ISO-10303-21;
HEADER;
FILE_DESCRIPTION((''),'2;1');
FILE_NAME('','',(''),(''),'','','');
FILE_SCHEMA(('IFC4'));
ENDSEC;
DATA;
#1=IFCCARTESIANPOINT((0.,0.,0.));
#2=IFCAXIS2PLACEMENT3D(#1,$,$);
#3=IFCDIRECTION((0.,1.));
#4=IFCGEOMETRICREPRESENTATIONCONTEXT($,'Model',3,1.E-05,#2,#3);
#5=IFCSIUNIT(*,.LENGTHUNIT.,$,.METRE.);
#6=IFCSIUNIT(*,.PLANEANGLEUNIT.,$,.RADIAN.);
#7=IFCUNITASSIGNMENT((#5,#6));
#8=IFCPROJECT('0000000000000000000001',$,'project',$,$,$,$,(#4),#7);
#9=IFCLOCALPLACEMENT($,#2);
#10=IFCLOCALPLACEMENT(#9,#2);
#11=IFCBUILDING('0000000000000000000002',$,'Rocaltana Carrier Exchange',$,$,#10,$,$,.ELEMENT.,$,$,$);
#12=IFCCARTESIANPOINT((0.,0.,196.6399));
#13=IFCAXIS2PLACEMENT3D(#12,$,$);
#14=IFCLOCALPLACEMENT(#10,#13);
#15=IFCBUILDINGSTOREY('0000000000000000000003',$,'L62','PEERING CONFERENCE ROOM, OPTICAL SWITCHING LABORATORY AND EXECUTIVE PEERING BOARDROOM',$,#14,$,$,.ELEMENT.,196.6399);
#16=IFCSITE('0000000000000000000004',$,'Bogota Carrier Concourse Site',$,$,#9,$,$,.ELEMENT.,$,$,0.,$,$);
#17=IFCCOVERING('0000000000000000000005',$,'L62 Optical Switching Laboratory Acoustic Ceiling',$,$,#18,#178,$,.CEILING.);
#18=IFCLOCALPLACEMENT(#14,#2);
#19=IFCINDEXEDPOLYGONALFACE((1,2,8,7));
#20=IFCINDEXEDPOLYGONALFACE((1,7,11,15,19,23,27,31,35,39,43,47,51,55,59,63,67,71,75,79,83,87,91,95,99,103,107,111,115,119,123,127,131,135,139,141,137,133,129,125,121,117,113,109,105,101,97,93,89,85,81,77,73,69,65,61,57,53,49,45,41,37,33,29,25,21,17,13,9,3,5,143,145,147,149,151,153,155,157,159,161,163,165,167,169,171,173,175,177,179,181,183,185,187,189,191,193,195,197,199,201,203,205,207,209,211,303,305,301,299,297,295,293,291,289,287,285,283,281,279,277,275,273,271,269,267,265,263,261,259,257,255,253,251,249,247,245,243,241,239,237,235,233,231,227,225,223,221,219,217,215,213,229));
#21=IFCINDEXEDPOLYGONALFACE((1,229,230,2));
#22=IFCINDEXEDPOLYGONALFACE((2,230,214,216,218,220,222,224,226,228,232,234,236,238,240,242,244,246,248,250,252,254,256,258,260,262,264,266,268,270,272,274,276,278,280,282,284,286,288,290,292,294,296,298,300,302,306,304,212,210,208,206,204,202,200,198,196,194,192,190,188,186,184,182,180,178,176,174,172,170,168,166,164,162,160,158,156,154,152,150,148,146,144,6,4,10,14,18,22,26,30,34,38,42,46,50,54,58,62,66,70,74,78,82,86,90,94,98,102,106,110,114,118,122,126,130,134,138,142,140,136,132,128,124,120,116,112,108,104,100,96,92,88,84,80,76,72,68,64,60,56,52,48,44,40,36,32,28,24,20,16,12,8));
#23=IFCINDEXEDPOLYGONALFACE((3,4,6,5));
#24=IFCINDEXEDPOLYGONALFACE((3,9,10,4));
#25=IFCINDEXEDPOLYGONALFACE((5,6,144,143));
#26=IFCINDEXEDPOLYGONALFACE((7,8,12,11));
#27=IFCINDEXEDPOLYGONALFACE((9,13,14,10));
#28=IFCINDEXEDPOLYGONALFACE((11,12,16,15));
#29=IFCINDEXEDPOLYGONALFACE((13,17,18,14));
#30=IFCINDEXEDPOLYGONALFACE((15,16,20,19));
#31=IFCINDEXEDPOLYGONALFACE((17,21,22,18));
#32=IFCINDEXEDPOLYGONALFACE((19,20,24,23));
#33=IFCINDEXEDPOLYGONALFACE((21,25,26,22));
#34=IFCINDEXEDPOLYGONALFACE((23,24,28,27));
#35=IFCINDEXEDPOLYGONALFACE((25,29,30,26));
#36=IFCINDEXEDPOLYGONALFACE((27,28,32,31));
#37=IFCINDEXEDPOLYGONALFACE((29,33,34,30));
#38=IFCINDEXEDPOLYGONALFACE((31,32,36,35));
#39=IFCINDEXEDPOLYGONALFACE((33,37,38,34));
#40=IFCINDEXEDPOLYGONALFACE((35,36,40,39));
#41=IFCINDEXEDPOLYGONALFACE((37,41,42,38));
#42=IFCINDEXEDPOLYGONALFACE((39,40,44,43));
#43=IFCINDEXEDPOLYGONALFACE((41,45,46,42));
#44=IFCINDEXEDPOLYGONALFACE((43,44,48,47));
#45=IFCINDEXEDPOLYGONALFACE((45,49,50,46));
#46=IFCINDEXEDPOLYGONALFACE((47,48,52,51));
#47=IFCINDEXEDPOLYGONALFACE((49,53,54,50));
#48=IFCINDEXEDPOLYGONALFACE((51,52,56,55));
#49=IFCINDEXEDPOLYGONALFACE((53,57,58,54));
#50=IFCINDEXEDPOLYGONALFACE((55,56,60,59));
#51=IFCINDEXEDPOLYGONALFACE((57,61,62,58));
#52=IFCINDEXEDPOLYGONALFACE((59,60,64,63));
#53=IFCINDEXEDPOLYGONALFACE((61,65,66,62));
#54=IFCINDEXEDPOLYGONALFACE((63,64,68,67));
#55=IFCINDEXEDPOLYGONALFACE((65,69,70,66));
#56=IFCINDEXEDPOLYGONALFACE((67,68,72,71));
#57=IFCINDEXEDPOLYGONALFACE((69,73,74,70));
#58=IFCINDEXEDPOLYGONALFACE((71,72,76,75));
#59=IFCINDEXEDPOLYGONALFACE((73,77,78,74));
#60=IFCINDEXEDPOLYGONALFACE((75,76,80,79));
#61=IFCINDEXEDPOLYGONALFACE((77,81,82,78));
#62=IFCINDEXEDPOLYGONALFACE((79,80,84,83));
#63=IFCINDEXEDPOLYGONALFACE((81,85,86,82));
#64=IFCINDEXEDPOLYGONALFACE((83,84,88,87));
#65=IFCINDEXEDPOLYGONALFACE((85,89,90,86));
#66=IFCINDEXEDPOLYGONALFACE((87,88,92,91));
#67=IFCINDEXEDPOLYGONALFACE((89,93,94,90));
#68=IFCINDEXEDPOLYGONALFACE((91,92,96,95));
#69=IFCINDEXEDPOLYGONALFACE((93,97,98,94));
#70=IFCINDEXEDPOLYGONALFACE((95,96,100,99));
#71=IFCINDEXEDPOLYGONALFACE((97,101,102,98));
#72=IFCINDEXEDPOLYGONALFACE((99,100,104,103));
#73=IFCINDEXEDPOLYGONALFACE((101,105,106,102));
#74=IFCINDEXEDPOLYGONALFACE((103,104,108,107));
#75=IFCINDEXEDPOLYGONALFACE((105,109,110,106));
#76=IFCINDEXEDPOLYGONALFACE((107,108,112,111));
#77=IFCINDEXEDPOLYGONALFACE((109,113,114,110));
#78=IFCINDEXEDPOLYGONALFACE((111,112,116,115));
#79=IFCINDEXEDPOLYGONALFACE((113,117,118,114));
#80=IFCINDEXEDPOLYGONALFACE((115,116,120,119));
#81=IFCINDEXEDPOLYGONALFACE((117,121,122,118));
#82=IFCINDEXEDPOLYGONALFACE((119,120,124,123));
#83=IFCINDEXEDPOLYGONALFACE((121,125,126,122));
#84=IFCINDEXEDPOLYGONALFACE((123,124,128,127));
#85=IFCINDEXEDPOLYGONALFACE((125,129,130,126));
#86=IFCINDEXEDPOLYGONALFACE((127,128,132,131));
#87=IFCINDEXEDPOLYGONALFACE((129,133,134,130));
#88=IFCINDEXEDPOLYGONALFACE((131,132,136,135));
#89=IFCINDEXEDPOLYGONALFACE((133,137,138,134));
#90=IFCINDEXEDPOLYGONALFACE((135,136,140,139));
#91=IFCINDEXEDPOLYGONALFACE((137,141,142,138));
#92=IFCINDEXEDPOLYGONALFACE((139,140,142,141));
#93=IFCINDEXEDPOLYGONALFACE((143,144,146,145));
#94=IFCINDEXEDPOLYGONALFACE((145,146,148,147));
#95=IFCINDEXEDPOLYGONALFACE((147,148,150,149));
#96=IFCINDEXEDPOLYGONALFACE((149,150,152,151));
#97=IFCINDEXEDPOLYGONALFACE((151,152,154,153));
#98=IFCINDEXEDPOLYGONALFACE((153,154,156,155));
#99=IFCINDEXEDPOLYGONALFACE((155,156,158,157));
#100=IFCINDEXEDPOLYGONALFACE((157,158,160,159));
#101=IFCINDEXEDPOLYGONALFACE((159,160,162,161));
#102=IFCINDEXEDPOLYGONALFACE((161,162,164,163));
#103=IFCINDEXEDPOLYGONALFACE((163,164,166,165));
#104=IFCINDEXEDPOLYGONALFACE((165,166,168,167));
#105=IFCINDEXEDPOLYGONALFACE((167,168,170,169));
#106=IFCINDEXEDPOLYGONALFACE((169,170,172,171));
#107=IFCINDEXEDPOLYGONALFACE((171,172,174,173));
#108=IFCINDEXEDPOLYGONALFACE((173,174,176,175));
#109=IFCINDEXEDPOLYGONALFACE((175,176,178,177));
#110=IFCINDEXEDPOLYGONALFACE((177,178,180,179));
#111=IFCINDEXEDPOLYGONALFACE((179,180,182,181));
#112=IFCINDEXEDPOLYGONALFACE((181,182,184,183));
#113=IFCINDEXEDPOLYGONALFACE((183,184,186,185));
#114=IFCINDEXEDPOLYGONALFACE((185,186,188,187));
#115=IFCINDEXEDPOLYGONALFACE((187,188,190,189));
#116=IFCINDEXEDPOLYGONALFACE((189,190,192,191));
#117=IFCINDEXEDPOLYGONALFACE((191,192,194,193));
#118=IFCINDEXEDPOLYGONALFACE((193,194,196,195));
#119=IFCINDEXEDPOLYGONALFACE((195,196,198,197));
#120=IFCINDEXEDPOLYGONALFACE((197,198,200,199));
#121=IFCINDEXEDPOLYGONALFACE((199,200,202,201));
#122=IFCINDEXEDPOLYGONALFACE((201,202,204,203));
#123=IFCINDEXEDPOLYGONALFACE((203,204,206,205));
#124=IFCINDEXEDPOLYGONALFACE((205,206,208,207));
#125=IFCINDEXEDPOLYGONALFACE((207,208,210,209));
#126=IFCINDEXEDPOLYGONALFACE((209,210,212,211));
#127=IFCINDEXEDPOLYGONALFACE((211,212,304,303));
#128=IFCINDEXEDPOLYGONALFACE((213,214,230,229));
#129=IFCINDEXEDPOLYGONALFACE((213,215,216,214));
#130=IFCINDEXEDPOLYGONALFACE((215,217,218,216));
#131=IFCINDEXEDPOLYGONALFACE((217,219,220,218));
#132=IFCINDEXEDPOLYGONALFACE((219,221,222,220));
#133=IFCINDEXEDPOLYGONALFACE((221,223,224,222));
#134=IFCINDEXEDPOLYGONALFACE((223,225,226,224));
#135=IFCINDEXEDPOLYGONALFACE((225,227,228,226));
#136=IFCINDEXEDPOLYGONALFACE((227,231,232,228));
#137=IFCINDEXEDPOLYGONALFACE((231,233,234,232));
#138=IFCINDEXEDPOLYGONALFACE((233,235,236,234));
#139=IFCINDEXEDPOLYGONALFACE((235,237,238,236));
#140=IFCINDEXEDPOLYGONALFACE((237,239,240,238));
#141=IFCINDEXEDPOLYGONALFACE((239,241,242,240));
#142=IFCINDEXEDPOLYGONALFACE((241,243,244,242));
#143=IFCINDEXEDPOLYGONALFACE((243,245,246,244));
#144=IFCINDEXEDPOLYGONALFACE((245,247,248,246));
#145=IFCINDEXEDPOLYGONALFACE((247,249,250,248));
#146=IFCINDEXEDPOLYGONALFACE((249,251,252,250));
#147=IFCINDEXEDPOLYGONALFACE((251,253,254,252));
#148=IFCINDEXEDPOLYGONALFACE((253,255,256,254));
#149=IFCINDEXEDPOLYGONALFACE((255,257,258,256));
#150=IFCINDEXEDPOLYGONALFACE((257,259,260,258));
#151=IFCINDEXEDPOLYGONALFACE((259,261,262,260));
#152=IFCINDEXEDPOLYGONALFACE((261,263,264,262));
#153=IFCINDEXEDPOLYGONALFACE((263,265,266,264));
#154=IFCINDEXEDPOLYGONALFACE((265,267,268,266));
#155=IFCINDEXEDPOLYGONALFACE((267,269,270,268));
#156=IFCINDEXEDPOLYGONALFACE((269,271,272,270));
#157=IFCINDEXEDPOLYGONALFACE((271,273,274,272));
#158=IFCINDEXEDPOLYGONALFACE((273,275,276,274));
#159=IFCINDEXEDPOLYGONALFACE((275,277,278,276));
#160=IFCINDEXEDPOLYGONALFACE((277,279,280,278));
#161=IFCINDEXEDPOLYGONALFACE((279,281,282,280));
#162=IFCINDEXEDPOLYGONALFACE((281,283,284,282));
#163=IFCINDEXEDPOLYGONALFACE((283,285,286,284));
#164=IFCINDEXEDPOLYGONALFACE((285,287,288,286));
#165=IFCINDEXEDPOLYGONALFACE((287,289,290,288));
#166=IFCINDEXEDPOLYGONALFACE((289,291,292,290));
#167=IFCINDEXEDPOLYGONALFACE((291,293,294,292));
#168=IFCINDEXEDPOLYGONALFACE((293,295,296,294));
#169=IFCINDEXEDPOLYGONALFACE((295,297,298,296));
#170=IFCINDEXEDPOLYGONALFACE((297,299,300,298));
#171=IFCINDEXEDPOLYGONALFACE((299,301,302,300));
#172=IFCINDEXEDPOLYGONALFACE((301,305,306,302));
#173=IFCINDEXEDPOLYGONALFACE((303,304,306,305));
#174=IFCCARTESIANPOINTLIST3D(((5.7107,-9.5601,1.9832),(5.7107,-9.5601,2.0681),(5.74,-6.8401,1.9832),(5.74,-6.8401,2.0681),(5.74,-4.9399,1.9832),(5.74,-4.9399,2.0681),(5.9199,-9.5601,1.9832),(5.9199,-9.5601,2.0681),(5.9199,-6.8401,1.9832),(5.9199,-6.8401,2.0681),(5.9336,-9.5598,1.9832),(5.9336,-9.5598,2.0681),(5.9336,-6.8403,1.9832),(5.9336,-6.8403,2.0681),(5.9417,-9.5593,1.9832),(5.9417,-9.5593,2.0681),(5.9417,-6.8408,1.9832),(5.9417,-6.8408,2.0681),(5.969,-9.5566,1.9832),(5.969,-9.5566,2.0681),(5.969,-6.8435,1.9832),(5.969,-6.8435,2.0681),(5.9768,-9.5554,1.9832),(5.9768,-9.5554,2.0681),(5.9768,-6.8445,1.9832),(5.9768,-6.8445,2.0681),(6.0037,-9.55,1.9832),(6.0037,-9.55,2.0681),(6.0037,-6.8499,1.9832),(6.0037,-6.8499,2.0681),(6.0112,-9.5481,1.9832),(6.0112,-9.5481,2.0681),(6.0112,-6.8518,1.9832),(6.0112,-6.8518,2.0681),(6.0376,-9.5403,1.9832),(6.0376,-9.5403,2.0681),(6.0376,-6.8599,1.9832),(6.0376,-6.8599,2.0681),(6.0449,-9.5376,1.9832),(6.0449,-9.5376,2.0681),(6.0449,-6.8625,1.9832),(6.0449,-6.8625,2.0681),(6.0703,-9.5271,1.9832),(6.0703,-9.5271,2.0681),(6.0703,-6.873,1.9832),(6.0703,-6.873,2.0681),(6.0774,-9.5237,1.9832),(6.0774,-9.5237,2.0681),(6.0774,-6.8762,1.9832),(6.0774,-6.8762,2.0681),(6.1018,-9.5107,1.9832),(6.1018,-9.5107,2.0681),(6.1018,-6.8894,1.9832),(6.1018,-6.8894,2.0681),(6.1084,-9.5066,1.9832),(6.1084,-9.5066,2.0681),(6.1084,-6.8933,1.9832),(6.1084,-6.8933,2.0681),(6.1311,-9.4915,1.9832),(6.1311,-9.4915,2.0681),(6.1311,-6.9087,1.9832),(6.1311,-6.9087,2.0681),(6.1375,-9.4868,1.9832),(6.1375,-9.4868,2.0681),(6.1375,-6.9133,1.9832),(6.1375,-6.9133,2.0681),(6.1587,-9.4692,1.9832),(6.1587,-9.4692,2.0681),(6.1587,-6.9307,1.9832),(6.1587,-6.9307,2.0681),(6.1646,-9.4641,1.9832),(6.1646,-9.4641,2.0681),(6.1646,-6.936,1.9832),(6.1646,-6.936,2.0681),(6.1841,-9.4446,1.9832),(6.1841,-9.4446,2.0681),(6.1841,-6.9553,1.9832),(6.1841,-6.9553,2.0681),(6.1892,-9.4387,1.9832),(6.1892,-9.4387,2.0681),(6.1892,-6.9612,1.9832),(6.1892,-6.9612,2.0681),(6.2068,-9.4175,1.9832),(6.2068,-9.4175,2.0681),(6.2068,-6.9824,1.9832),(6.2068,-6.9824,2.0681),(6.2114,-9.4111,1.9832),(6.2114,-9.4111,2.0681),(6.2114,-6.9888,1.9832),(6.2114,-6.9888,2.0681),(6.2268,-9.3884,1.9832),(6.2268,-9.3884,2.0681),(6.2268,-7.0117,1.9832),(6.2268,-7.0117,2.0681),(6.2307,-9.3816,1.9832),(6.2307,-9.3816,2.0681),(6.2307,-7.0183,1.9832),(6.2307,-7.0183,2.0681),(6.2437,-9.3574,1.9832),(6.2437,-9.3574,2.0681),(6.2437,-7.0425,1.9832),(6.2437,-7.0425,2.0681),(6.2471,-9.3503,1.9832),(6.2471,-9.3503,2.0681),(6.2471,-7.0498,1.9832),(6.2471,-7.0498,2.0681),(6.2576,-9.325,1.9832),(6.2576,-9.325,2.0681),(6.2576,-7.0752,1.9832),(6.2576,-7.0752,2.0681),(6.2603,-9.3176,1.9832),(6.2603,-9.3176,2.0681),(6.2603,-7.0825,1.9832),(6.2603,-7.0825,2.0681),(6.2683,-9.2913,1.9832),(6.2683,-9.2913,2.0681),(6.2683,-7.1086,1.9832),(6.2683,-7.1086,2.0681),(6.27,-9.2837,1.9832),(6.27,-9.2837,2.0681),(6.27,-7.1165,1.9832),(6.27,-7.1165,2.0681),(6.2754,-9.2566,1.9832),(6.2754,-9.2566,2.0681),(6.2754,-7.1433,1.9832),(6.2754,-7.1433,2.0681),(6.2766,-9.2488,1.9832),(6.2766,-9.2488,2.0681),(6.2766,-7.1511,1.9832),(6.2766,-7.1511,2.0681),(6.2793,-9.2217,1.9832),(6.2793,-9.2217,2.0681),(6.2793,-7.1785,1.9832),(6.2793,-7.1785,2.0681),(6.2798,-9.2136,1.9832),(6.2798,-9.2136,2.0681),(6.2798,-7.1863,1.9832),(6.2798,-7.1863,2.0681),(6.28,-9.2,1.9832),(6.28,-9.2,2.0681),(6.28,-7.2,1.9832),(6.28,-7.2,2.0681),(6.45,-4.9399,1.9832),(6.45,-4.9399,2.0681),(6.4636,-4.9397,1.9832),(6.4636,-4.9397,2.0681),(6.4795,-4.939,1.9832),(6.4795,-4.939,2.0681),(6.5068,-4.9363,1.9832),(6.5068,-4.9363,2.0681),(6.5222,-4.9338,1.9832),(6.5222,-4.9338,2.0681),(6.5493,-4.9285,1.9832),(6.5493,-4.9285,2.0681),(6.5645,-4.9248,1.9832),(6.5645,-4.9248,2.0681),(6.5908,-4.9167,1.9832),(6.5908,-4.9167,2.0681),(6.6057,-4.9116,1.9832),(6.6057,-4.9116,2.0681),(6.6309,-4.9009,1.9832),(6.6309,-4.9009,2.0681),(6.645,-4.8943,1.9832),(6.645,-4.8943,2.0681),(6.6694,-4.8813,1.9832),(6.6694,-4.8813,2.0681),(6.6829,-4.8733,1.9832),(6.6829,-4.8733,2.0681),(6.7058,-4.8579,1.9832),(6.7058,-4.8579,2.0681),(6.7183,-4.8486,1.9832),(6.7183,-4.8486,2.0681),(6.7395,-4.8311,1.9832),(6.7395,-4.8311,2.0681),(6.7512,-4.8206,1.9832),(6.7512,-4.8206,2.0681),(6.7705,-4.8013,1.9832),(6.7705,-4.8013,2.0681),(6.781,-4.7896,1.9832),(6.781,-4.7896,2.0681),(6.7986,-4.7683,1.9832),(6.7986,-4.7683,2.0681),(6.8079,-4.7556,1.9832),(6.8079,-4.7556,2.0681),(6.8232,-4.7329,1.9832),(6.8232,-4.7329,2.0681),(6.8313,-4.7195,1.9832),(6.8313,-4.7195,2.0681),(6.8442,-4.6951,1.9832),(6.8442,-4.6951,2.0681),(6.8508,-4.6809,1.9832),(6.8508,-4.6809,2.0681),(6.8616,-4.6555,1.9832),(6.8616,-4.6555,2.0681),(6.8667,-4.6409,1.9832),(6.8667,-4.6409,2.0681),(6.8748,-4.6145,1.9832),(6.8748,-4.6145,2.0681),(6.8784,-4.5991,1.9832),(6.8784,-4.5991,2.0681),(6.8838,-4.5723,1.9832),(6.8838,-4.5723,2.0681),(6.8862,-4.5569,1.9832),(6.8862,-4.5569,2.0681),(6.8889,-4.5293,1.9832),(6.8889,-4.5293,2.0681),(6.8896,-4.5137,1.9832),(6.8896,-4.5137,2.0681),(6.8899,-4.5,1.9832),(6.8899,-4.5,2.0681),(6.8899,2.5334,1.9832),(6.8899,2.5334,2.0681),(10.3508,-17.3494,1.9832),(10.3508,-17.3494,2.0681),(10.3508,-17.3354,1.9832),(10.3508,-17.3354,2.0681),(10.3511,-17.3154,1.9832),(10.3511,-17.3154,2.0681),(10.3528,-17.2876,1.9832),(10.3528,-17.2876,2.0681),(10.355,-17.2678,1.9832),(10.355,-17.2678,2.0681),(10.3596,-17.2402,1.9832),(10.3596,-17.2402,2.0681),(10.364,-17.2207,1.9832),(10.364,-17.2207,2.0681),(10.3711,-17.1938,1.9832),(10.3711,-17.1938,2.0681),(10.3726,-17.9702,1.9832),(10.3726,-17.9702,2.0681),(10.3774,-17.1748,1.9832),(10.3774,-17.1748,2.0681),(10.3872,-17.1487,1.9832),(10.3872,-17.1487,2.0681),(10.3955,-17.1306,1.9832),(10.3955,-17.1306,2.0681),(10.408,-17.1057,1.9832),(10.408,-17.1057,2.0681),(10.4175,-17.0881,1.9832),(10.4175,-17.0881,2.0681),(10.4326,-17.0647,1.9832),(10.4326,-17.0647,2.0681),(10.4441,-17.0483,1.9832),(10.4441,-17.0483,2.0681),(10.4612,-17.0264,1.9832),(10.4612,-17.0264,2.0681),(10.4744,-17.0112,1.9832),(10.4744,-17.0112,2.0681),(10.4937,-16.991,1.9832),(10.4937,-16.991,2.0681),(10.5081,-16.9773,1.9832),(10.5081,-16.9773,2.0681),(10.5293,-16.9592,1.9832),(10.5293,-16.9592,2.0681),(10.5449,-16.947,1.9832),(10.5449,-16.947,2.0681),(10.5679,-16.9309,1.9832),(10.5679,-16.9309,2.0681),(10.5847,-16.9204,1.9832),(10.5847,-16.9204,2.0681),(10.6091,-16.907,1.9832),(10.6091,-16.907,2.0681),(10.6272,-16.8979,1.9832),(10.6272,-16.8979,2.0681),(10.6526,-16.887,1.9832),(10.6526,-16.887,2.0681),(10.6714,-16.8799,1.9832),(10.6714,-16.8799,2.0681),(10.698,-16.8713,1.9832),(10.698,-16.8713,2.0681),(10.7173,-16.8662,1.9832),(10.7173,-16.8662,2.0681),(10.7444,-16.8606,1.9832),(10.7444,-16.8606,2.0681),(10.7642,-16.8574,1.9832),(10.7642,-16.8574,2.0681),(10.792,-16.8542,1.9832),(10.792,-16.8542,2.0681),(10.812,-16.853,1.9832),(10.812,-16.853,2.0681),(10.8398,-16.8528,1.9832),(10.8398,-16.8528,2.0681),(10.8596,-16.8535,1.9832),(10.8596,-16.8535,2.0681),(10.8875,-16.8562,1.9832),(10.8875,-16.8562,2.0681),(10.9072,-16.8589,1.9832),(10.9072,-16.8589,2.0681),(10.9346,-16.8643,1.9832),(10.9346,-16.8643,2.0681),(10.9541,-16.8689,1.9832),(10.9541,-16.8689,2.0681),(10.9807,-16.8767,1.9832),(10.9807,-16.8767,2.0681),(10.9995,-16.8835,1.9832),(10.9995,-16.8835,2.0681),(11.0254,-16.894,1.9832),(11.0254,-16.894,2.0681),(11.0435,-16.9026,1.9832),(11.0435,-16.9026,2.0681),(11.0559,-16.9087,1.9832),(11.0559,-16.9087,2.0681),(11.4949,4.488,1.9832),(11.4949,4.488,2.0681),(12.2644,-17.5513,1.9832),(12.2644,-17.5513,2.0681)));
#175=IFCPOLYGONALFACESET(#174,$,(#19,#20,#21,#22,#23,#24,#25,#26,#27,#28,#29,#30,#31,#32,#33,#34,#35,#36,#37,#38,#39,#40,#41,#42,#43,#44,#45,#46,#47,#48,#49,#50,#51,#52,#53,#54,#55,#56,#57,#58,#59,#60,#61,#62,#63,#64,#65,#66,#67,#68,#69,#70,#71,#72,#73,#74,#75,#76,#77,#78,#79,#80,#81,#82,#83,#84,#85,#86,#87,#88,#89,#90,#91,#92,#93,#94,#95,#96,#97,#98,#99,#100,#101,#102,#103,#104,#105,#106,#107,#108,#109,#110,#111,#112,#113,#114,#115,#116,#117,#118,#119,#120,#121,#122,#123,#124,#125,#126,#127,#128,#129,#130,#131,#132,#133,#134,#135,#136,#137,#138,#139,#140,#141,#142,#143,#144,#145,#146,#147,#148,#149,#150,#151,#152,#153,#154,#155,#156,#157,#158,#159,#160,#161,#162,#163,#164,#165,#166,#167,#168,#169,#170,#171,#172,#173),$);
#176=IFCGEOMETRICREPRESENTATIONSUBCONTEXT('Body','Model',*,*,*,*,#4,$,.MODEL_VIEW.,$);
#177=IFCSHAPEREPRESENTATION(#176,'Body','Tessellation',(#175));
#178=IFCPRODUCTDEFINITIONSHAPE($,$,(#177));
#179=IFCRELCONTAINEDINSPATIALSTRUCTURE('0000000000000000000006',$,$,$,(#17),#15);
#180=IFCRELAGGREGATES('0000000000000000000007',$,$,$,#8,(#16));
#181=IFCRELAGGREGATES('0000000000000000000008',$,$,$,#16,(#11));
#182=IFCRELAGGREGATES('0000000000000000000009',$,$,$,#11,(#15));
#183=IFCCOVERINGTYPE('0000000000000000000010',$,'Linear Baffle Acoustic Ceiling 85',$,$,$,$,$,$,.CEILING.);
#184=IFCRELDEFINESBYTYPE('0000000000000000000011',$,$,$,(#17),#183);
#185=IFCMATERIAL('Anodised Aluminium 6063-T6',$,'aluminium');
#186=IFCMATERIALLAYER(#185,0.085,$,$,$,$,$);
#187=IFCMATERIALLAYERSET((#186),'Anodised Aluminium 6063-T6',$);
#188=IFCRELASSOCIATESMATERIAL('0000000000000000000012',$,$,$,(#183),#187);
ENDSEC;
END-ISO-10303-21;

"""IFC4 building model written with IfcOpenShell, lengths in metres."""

from ifc_helpers import new_model, si_unit, direction, frame, origin, place, context, subcontext, project, spatial, polyline, outline, extrude, material, layer, layer_set, type_object, element, save


model = new_model("IFC4")

# Units and contexts
model_context = context("Model", 3, precision=1e-05, world=origin(), true_north=direction((0.0, 1.0)))
body_context = subcontext(model_context, "Body", "Model", "MODEL_VIEW")
ifc_project = project(units=[si_unit("LENGTHUNIT", "METRE"), si_unit("PLANEANGLEUNIT", "RADIAN")], contexts=[model_context])

# Site, building, storey
site_placement = place(None, origin())
site = spatial("IfcSite", under=ifc_project, at=site_placement, Name="Bogota Carrier Concourse Site", CompositionType="ELEMENT", RefElevation=0.0)
building_placement = place(site_placement, origin())
building = spatial("IfcBuilding", under=site, at=building_placement, Name="Rocaltana Carrier Exchange", CompositionType="ELEMENT")
storey_placement = place(building_placement, frame((0.0, 0.0, 196.6399)))
storey = spatial("IfcBuildingStorey", under=building, at=storey_placement, Name="L62", Description="PEERING CONFERENCE ROOM, OPTICAL SWITCHING LABORATORY AND EXECUTIVE PEERING BOARDROOM", CompositionType="ELEMENT", Elevation=196.6399)

# Covering
ifc_material_1 = material(Name="Anodised Aluminium 6063-T6", Category="aluminium")
ifc_layer_1 = layer(ifc_material_1, 0.085)
ifc_layer_set_1 = layer_set([ifc_layer_1], Name="Anodised Aluminium 6063-T6")
covering_type_1 = type_object("IfcCoveringType", Name="Linear Baffle Acoustic Ceiling 85", PredefinedType="CEILING", material=ifc_layer_set_1)
covering_1_placement = place(storey_placement, frame((0.0, 0.0, 1.9832)))
element("IfcCovering", 1, at=covering_1_placement, inside=storey, type_object=covering_type_1, Name="L62 Optical Switching Laboratory Acoustic Ceiling", PredefinedType="CEILING", context=body_context, shape_type="SweptSolid", body=[
    extrude(outline(polyline([(5.74, -6.8401), (5.74, -4.9399), (6.45, -4.9399), (6.4636, -4.9397), (6.4795, -4.939), (6.5068, -4.9363), (6.5222, -4.9338), (6.5493, -4.9285), (6.5645, -4.9248), (6.5908, -4.9167), (6.6057, -4.9116), (6.6309, -4.9009), (6.645, -4.8943), (6.6694, -4.8813), (6.6829, -4.8733), (6.7058, -4.8579), (6.7183, -4.8486), (6.7395, -4.8311), (6.7512, -4.8206), (6.7705, -4.8013), (6.781, -4.7896), (6.7986, -4.7683), (6.8079, -4.7556), (6.8232, -4.7329), (6.8313, -4.7195), (6.8442, -4.6951), (6.8508, -4.6809), (6.8616, -4.6555), (6.8667, -4.6409), (6.8748, -4.6145), (6.8784, -4.5991), (6.8838, -4.5723), (6.8862, -4.5569), (6.8889, -4.5293), (6.8896, -4.5137), (6.8899, -4.5), (6.8899, 2.5334), (11.4949, 4.488), (12.2644, -17.5513), (11.0559, -16.9087), (11.0435, -16.9026), (11.0254, -16.894), (10.9995, -16.8835), (10.9807, -16.8767), (10.9541, -16.8689), (10.9346, -16.8643), (10.9072, -16.8589), (10.8875, -16.8562), (10.8596, -16.8535), (10.8398, -16.8528), (10.812, -16.853), (10.792, -16.8542), (10.7642, -16.8574), (10.7444, -16.8606), (10.7173, -16.8662), (10.698, -16.8713), (10.6714, -16.8799), (10.6526, -16.887), (10.6272, -16.8979), (10.6091, -16.907), (10.5847, -16.9204), (10.5679, -16.9309), (10.5449, -16.947), (10.5293, -16.9592), (10.5081, -16.9773), (10.4937, -16.991), (10.4744, -17.0112), (10.4612, -17.0264), (10.4441, -17.0483), (10.4326, -17.0647), (10.4175, -17.0881), (10.408, -17.1057), (10.3955, -17.1306), (10.3872, -17.1487), (10.3774, -17.1748), (10.3711, -17.1938), (10.364, -17.2207), (10.3596, -17.2402), (10.355, -17.2678), (10.3528, -17.2876), (10.3511, -17.3154), (10.3508, -17.3354), (10.3508, -17.3494), (10.3726, -17.9702), (5.7107, -9.5601), (5.9199, -9.5601), (5.9336, -9.5598), (5.9417, -9.5593), (5.969, -9.5566), (5.9768, -9.5554), (6.0037, -9.55), (6.0112, -9.5481), (6.0376, -9.5403), (6.0449, -9.5376), (6.0703, -9.5271), (6.0774, -9.5237), (6.1018, -9.5107), (6.1084, -9.5066), (6.1311, -9.4915), (6.1375, -9.4868), (6.1587, -9.4692), (6.1646, -9.4641), (6.1841, -9.4446), (6.1892, -9.4387), (6.2068, -9.4175), (6.2114, -9.4111), (6.2268, -9.3884), (6.2307, -9.3816), (6.2437, -9.3574), (6.2471, -9.3503), (6.2576, -9.325), (6.2603, -9.3176), (6.2683, -9.2913), (6.27, -9.2837), (6.2754, -9.2566), (6.2766, -9.2488), (6.2793, -9.2217), (6.2798, -9.2136), (6.28, -9.2), (6.28, -7.2), (6.2798, -7.1863), (6.2793, -7.1785), (6.2766, -7.1511), (6.2754, -7.1433), (6.27, -7.1165), (6.2683, -7.1086), (6.2603, -7.0825), (6.2576, -7.0752), (6.2471, -7.0498), (6.2437, -7.0425), (6.2307, -7.0183), (6.2268, -7.0117), (6.2114, -6.9888), (6.2068, -6.9824), (6.1892, -6.9612), (6.1841, -6.9553), (6.1646, -6.936), (6.1587, -6.9307), (6.1375, -6.9133), (6.1311, -6.9087), (6.1084, -6.8933), (6.1018, -6.8894), (6.0774, -6.8762), (6.0703, -6.873), (6.0449, -6.8625), (6.0376, -6.8599), (6.0112, -6.8518), (6.0037, -6.8499), (5.9768, -6.8445), (5.969, -6.8435), (5.9417, -6.8408), (5.9336, -6.8403), (5.9199, -6.8401), (5.74, -6.8401)])), origin(), (0.0, 0.0, 1.0), 0.085),
])

save(model, "model.ifc")
